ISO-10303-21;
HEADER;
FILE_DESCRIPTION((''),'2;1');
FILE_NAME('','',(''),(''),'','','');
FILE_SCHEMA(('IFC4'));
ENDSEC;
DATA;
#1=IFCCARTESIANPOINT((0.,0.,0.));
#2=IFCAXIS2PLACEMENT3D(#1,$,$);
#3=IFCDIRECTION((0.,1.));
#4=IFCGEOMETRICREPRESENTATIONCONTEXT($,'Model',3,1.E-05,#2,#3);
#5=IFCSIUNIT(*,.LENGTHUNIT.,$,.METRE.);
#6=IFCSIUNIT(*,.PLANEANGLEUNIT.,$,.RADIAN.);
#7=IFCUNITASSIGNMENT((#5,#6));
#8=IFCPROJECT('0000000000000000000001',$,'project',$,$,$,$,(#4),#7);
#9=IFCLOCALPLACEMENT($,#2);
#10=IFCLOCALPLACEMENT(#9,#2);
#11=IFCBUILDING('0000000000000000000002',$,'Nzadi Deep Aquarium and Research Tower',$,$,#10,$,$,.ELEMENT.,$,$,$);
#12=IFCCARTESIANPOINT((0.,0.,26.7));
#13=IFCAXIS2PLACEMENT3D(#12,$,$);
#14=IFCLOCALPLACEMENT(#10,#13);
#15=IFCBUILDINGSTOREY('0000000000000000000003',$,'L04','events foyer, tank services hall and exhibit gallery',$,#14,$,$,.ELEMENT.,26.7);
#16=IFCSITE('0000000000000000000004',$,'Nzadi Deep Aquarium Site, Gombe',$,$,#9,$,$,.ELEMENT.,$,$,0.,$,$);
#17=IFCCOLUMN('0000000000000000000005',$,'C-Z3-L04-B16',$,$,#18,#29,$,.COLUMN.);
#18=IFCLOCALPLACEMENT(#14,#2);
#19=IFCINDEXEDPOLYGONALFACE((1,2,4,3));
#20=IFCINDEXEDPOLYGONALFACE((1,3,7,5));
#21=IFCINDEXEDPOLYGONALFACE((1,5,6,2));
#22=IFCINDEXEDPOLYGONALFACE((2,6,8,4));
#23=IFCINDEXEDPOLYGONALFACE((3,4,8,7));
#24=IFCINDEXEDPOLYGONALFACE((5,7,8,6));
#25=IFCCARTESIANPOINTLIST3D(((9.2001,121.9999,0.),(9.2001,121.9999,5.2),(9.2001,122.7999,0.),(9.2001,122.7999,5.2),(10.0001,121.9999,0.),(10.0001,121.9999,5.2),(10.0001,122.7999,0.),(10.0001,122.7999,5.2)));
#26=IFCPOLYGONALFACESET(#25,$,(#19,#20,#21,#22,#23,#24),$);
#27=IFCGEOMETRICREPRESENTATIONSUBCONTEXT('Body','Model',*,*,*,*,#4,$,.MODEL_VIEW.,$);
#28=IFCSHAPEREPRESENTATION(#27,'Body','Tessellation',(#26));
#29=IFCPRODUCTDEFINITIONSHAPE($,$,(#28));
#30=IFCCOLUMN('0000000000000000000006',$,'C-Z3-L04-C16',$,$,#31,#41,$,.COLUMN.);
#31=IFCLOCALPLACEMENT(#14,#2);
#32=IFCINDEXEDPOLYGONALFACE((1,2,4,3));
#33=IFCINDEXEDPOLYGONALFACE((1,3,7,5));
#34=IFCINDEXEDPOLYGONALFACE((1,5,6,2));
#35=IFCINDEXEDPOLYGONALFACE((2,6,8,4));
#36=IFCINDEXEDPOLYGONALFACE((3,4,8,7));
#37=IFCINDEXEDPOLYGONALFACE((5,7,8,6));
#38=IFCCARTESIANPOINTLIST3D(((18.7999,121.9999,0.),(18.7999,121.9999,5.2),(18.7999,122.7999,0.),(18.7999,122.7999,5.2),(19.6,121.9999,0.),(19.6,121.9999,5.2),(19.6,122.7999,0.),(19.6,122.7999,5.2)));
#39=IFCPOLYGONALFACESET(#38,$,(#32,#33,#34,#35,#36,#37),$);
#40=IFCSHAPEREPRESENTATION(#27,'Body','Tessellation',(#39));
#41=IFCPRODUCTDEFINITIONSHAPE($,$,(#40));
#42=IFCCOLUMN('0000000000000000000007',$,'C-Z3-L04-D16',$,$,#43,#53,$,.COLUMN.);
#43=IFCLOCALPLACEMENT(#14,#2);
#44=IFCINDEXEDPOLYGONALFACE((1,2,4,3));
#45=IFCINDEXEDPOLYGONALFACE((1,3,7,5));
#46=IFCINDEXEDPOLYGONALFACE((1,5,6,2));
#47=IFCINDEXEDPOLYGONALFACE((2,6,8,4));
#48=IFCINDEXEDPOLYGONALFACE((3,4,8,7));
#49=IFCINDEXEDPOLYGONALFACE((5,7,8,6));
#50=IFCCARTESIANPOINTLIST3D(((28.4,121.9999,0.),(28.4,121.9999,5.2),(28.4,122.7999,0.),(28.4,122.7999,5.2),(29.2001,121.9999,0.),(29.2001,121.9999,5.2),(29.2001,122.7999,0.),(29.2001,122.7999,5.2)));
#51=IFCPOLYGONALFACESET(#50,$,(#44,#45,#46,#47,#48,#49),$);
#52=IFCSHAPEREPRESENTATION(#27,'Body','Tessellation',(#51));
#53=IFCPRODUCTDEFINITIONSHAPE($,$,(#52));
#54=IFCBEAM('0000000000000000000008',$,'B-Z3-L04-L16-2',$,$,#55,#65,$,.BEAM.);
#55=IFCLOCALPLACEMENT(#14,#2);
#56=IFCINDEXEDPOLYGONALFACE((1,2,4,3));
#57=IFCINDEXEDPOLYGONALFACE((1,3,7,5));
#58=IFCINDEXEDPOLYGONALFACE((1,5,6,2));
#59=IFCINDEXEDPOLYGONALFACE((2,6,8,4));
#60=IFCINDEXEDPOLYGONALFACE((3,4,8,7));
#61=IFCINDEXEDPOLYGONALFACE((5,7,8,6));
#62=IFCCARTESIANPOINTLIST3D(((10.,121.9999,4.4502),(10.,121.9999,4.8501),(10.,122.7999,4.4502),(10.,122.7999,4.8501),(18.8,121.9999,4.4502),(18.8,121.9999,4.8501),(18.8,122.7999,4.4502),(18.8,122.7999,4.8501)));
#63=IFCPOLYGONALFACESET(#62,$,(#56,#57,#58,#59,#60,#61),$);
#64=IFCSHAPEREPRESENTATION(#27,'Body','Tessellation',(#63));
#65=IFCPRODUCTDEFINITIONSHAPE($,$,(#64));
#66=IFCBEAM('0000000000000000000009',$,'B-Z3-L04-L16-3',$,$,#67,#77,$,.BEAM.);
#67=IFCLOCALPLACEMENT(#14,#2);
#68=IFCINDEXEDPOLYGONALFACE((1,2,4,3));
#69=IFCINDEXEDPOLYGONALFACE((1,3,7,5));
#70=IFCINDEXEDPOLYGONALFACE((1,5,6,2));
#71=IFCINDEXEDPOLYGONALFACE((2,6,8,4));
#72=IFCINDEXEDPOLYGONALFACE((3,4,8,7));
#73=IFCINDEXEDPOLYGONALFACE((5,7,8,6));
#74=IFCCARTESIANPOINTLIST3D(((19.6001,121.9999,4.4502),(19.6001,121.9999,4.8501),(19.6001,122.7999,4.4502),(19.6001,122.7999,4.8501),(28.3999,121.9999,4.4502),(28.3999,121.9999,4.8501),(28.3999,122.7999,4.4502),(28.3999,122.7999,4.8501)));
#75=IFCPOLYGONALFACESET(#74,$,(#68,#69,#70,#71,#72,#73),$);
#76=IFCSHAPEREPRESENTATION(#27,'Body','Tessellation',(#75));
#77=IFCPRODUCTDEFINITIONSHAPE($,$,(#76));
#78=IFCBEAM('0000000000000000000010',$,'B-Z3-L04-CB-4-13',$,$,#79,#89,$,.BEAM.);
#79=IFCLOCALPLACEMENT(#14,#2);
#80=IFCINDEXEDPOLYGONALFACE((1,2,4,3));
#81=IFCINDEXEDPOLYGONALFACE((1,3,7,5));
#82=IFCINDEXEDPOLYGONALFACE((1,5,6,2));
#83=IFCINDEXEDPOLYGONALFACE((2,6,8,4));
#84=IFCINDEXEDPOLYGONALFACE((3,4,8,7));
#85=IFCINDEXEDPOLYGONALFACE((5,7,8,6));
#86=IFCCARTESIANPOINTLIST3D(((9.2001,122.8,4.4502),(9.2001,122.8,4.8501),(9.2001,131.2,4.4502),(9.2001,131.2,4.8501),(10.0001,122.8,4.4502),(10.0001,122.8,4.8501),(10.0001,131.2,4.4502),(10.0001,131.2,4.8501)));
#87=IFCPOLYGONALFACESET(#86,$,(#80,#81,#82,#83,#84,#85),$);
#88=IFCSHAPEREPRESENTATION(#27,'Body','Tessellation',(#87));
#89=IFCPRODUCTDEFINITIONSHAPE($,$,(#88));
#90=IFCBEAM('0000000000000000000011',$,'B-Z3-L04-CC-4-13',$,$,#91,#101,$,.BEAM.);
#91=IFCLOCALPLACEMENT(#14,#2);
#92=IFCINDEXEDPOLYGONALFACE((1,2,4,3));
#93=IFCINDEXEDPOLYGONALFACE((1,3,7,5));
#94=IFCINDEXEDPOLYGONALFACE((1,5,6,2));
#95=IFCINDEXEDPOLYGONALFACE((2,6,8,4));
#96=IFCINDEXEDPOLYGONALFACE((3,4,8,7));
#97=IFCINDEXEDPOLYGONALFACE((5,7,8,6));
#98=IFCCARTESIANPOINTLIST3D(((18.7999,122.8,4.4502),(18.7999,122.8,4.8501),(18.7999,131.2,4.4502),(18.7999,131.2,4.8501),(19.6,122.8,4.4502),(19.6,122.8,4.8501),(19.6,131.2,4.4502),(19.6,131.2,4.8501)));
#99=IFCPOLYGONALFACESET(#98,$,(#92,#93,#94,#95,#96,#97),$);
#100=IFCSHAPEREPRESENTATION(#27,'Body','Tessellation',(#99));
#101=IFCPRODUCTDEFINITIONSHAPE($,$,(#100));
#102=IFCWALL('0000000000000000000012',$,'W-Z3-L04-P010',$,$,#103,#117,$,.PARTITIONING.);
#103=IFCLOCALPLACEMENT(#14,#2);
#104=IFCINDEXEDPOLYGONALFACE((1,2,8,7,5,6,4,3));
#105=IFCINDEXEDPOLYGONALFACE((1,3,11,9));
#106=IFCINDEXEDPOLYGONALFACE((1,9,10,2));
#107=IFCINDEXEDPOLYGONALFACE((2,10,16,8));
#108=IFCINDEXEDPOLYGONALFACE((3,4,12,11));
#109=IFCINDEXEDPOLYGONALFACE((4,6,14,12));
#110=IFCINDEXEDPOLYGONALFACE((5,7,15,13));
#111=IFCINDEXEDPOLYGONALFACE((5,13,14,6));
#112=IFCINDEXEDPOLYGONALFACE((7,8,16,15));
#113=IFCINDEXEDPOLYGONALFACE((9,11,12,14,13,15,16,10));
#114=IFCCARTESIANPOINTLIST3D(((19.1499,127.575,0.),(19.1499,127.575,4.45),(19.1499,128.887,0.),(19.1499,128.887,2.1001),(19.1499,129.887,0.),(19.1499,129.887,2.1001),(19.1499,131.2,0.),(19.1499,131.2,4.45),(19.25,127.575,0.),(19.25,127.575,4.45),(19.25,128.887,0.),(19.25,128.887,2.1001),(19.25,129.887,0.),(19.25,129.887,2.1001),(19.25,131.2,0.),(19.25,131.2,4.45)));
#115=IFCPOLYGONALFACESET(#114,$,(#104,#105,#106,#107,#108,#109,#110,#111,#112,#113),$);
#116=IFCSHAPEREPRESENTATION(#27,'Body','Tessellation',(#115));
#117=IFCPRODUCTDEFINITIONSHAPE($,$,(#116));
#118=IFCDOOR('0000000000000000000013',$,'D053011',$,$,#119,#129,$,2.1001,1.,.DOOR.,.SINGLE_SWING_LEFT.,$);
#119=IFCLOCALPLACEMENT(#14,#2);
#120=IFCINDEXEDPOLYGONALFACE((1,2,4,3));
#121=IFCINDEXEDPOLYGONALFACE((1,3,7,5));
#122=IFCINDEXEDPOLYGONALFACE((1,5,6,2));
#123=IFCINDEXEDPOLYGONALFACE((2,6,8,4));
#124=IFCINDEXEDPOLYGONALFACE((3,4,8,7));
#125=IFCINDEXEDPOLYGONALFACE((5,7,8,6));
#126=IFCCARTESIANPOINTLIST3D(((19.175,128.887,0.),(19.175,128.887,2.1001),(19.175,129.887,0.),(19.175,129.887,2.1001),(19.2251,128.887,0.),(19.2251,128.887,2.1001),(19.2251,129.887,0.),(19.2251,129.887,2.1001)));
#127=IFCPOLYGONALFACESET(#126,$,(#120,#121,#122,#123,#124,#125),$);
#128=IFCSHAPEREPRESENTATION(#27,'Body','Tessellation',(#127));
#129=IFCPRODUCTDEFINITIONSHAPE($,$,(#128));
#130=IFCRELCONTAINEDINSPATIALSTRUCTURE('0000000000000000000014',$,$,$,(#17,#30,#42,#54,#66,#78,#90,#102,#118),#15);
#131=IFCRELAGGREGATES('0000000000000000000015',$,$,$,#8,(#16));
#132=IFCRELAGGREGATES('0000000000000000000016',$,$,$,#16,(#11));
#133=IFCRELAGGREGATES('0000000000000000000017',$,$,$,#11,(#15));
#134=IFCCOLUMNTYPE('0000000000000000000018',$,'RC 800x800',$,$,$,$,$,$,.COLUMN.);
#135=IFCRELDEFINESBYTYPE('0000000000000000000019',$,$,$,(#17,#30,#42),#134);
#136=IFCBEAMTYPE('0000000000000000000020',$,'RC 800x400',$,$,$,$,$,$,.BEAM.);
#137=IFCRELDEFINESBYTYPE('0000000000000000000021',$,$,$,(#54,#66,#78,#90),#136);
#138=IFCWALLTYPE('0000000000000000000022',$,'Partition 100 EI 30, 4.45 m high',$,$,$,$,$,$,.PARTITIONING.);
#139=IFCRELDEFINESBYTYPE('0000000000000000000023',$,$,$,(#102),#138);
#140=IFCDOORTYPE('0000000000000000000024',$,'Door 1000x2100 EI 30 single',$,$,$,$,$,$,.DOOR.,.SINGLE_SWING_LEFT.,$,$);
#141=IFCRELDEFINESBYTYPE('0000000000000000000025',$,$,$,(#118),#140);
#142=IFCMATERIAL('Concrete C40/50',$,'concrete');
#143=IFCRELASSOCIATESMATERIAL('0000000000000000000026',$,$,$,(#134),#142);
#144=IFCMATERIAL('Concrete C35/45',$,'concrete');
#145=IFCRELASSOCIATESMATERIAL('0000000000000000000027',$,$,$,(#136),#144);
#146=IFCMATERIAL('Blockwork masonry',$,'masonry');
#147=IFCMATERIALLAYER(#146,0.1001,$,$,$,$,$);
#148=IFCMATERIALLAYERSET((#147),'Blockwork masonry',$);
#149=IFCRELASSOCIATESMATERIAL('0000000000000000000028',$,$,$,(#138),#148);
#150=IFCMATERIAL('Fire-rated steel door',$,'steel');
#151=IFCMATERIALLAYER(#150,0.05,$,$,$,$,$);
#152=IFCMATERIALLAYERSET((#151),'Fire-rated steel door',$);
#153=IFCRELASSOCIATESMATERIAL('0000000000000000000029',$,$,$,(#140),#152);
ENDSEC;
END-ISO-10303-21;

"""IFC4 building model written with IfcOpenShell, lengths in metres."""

from ifc_helpers import new_model, si_unit, direction, frame, frame_2d, origin, origin_2d, place, context, subcontext, project, spatial, rectangle, extrude, material, layer, layer_set, material_profile, profile_set, type_object, element, fill, save


model = new_model("IFC4")

# Units and contexts
model_context = context("Model", 3, precision=1e-05, world=origin(), true_north=direction((0.0, 1.0)))
body_context = subcontext(model_context, "Body", "Model", "MODEL_VIEW")
ifc_project = project(units=[si_unit("LENGTHUNIT", "METRE"), si_unit("PLANEANGLEUNIT", "RADIAN")], contexts=[model_context])

# Site, building, storey
site_placement = place(None, origin())
site = spatial("IfcSite", under=ifc_project, at=site_placement, Name="Nzadi Deep Aquarium Site, Gombe", CompositionType="ELEMENT", RefElevation=0.0)
building_placement = place(site_placement, origin())
building = spatial("IfcBuilding", under=site, at=building_placement, Name="Nzadi Deep Aquarium and Research Tower", CompositionType="ELEMENT")
storey_placement = place(building_placement, frame((0.0, 0.0, 26.7)))
storey = spatial("IfcBuildingStorey", under=building, at=storey_placement, Name="L04", Description="events foyer, tank services hall and exhibit gallery", CompositionType="ELEMENT", Elevation=26.7)

# Columns
ifc_material_1 = material(Name="Concrete C40/50", Category="concrete")
ifc_material_profile_1 = material_profile(ifc_material_1, rectangle(XDim=0.8, YDim=0.8, at=origin_2d()))
ifc_profile_set_1 = profile_set([ifc_material_profile_1], Name="Concrete C40/50")
column_type = type_object("IfcColumnType", Name="RC 800x800", PredefinedType="COLUMN", material=ifc_profile_set_1)
for number, where, z_axis, x_axis, name in (
    (1, (9.6001, 122.3999, 0.0), (0.0, 0.0, 1.0), (1.0, 0.0, 0.0), "C-Z3-L04-B16"),
    (2, (19.2, 122.3999, 0.0), (0.0, 0.0, 1.0), (1.0, 0.0, 0.0), "C-Z3-L04-C16"),
    (3, (28.8, 122.3999, 0.0), (0.0, 0.0, 1.0), (1.0, 0.0, 0.0), "C-Z3-L04-D16"),
):
    element("IfcColumn", number, at=place(storey_placement, frame(where, z_axis=z_axis, x_axis=x_axis)), inside=storey, type_object=column_type, Name=name, PredefinedType="COLUMN", context=body_context, shape_type="SweptSolid", body=[
        extrude(rectangle(XDim=0.8, YDim=0.8, at=origin_2d()), origin(), (0.0, 0.0, 1.0), 5.2),
    ])

# Beams
ifc_material_2 = material(Name="Concrete C35/45", Category="concrete")
ifc_material_profile_2 = material_profile(ifc_material_2, rectangle(XDim=0.8, YDim=0.3999, at=origin_2d()))
ifc_profile_set_2 = profile_set([ifc_material_profile_2], Name="Concrete C35/45")
beam_type = type_object("IfcBeamType", Name="RC 800x400", PredefinedType="BEAM", material=ifc_profile_set_2)
beam_1_placement = place(storey_placement, frame((10.0, 122.3999, 4.6501), z_axis=(1.0, 0.0, 0.0), x_axis=(0.0, 1.0, 0.0)))
element("IfcBeam", 4, at=beam_1_placement, inside=storey, type_object=beam_type, Name="B-Z3-L04-L16-2", PredefinedType="BEAM", context=body_context, shape_type="SweptSolid", body=[
    extrude(rectangle(XDim=0.8, YDim=0.3999, at=origin_2d()), origin(), (0.0, 0.0, 1.0), 8.8),
])
beam_2_placement = place(storey_placement, frame((19.6001, 122.3999, 4.6501), z_axis=(1.0, 0.0, 0.0), x_axis=(0.0, 1.0, 0.0)))
element("IfcBeam", 5, at=beam_2_placement, inside=storey, type_object=beam_type, Name="B-Z3-L04-L16-3", PredefinedType="BEAM", context=body_context, shape_type="SweptSolid", body=[
    extrude(rectangle(XDim=0.8, YDim=0.3999, at=origin_2d()), origin(), (0.0, 0.0, 1.0), 8.7998),
])
for number, where, z_axis, x_axis, name in (
    (6, (9.6001, 122.8, 4.6501), (0.0, 1.0, 0.0), (-1.0, 0.0, 0.0), "B-Z3-L04-CB-4-13"),
    (7, (19.2, 122.8, 4.6501), (0.0, 1.0, 0.0), (-1.0, 0.0, 0.0), "B-Z3-L04-CC-4-13"),
):
    element("IfcBeam", number, at=place(storey_placement, frame(where, z_axis=z_axis, x_axis=x_axis)), inside=storey, type_object=beam_type, Name=name, PredefinedType="BEAM", context=body_context, shape_type="SweptSolid", body=[
        extrude(rectangle(XDim=0.8, YDim=0.3999, at=origin_2d()), origin(), (0.0, 0.0, 1.0), 8.3999),
    ])

# Wall, opening, door
ifc_material_3 = material(Name="Blockwork masonry", Category="masonry")
ifc_layer_1 = layer(ifc_material_3, 0.1001)
ifc_layer_set_1 = layer_set([ifc_layer_1], Name="Blockwork masonry")
wall_type_1 = type_object("IfcWallType", Name="Partition 100 EI 30, 4.45 m high", PredefinedType="PARTITIONING", material=ifc_layer_set_1)
wall_1_placement = place(storey_placement, frame((19.2, 127.575, 0.0), z_axis=(0.0, 0.0, 1.0), x_axis=(0.0, 1.0, 0.0)))
wall_1 = element("IfcWall", 8, at=wall_1_placement, inside=storey, type_object=wall_type_1, Name="W-Z3-L04-P010", PredefinedType="PARTITIONING", context=body_context, shape_type="SweptSolid", body=[
    extrude(rectangle(XDim=3.625, YDim=0.1001, at=frame_2d((1.8125, 0.0))), origin(), (0.0, 0.0, 1.0), 4.45),
])
opening_1_placement = place(wall_1_placement, frame((1.312, 0.0, 0.0)))
opening_1 = element("IfcOpeningElement", 9, at=opening_1_placement, cuts=wall_1, PredefinedType="OPENING", context=body_context, shape_type="SweptSolid", body=[
    extrude(rectangle(XDim=1.0, YDim=2.1001, at=frame_2d((0.5, 1.05))), frame((0.0, 0.0601, 0.0), z_axis=(0.0, -1.0, 0.0), x_axis=(1.0, 0.0, 0.0)), (0.0, 0.0, 1.0), 0.1201),
])
ifc_material_4 = material(Name="Fire-rated steel door", Category="steel")
ifc_layer_2 = layer(ifc_material_4, 0.05)
ifc_layer_set_2 = layer_set([ifc_layer_2], Name="Fire-rated steel door")
door_type_1 = type_object("IfcDoorType", Name="Door 1000x2100 EI 30 single", OperationType="SINGLE_SWING_LEFT", PredefinedType="DOOR", material=ifc_layer_set_2)
door_1_placement = place(opening_1_placement, origin())
door_1 = element("IfcDoor", 10, at=door_1_placement, inside=storey, type_object=door_type_1, Name="D053011", OperationType="SINGLE_SWING_LEFT", OverallHeight=2.1001, OverallWidth=1.0, PredefinedType="DOOR", context=body_context, shape_type="SweptSolid", body=[
    extrude(rectangle(XDim=1.0, YDim=2.1001, at=frame_2d((0.5, 1.05))), frame((0.0, 0.0249, 0.0), z_axis=(0.0, -1.0, 0.0), x_axis=(1.0, 0.0, 0.0)), (0.0, 0.0, 1.0), 0.05),
])
fill(opening_1, door_1)

save(model, "model.ifc")
